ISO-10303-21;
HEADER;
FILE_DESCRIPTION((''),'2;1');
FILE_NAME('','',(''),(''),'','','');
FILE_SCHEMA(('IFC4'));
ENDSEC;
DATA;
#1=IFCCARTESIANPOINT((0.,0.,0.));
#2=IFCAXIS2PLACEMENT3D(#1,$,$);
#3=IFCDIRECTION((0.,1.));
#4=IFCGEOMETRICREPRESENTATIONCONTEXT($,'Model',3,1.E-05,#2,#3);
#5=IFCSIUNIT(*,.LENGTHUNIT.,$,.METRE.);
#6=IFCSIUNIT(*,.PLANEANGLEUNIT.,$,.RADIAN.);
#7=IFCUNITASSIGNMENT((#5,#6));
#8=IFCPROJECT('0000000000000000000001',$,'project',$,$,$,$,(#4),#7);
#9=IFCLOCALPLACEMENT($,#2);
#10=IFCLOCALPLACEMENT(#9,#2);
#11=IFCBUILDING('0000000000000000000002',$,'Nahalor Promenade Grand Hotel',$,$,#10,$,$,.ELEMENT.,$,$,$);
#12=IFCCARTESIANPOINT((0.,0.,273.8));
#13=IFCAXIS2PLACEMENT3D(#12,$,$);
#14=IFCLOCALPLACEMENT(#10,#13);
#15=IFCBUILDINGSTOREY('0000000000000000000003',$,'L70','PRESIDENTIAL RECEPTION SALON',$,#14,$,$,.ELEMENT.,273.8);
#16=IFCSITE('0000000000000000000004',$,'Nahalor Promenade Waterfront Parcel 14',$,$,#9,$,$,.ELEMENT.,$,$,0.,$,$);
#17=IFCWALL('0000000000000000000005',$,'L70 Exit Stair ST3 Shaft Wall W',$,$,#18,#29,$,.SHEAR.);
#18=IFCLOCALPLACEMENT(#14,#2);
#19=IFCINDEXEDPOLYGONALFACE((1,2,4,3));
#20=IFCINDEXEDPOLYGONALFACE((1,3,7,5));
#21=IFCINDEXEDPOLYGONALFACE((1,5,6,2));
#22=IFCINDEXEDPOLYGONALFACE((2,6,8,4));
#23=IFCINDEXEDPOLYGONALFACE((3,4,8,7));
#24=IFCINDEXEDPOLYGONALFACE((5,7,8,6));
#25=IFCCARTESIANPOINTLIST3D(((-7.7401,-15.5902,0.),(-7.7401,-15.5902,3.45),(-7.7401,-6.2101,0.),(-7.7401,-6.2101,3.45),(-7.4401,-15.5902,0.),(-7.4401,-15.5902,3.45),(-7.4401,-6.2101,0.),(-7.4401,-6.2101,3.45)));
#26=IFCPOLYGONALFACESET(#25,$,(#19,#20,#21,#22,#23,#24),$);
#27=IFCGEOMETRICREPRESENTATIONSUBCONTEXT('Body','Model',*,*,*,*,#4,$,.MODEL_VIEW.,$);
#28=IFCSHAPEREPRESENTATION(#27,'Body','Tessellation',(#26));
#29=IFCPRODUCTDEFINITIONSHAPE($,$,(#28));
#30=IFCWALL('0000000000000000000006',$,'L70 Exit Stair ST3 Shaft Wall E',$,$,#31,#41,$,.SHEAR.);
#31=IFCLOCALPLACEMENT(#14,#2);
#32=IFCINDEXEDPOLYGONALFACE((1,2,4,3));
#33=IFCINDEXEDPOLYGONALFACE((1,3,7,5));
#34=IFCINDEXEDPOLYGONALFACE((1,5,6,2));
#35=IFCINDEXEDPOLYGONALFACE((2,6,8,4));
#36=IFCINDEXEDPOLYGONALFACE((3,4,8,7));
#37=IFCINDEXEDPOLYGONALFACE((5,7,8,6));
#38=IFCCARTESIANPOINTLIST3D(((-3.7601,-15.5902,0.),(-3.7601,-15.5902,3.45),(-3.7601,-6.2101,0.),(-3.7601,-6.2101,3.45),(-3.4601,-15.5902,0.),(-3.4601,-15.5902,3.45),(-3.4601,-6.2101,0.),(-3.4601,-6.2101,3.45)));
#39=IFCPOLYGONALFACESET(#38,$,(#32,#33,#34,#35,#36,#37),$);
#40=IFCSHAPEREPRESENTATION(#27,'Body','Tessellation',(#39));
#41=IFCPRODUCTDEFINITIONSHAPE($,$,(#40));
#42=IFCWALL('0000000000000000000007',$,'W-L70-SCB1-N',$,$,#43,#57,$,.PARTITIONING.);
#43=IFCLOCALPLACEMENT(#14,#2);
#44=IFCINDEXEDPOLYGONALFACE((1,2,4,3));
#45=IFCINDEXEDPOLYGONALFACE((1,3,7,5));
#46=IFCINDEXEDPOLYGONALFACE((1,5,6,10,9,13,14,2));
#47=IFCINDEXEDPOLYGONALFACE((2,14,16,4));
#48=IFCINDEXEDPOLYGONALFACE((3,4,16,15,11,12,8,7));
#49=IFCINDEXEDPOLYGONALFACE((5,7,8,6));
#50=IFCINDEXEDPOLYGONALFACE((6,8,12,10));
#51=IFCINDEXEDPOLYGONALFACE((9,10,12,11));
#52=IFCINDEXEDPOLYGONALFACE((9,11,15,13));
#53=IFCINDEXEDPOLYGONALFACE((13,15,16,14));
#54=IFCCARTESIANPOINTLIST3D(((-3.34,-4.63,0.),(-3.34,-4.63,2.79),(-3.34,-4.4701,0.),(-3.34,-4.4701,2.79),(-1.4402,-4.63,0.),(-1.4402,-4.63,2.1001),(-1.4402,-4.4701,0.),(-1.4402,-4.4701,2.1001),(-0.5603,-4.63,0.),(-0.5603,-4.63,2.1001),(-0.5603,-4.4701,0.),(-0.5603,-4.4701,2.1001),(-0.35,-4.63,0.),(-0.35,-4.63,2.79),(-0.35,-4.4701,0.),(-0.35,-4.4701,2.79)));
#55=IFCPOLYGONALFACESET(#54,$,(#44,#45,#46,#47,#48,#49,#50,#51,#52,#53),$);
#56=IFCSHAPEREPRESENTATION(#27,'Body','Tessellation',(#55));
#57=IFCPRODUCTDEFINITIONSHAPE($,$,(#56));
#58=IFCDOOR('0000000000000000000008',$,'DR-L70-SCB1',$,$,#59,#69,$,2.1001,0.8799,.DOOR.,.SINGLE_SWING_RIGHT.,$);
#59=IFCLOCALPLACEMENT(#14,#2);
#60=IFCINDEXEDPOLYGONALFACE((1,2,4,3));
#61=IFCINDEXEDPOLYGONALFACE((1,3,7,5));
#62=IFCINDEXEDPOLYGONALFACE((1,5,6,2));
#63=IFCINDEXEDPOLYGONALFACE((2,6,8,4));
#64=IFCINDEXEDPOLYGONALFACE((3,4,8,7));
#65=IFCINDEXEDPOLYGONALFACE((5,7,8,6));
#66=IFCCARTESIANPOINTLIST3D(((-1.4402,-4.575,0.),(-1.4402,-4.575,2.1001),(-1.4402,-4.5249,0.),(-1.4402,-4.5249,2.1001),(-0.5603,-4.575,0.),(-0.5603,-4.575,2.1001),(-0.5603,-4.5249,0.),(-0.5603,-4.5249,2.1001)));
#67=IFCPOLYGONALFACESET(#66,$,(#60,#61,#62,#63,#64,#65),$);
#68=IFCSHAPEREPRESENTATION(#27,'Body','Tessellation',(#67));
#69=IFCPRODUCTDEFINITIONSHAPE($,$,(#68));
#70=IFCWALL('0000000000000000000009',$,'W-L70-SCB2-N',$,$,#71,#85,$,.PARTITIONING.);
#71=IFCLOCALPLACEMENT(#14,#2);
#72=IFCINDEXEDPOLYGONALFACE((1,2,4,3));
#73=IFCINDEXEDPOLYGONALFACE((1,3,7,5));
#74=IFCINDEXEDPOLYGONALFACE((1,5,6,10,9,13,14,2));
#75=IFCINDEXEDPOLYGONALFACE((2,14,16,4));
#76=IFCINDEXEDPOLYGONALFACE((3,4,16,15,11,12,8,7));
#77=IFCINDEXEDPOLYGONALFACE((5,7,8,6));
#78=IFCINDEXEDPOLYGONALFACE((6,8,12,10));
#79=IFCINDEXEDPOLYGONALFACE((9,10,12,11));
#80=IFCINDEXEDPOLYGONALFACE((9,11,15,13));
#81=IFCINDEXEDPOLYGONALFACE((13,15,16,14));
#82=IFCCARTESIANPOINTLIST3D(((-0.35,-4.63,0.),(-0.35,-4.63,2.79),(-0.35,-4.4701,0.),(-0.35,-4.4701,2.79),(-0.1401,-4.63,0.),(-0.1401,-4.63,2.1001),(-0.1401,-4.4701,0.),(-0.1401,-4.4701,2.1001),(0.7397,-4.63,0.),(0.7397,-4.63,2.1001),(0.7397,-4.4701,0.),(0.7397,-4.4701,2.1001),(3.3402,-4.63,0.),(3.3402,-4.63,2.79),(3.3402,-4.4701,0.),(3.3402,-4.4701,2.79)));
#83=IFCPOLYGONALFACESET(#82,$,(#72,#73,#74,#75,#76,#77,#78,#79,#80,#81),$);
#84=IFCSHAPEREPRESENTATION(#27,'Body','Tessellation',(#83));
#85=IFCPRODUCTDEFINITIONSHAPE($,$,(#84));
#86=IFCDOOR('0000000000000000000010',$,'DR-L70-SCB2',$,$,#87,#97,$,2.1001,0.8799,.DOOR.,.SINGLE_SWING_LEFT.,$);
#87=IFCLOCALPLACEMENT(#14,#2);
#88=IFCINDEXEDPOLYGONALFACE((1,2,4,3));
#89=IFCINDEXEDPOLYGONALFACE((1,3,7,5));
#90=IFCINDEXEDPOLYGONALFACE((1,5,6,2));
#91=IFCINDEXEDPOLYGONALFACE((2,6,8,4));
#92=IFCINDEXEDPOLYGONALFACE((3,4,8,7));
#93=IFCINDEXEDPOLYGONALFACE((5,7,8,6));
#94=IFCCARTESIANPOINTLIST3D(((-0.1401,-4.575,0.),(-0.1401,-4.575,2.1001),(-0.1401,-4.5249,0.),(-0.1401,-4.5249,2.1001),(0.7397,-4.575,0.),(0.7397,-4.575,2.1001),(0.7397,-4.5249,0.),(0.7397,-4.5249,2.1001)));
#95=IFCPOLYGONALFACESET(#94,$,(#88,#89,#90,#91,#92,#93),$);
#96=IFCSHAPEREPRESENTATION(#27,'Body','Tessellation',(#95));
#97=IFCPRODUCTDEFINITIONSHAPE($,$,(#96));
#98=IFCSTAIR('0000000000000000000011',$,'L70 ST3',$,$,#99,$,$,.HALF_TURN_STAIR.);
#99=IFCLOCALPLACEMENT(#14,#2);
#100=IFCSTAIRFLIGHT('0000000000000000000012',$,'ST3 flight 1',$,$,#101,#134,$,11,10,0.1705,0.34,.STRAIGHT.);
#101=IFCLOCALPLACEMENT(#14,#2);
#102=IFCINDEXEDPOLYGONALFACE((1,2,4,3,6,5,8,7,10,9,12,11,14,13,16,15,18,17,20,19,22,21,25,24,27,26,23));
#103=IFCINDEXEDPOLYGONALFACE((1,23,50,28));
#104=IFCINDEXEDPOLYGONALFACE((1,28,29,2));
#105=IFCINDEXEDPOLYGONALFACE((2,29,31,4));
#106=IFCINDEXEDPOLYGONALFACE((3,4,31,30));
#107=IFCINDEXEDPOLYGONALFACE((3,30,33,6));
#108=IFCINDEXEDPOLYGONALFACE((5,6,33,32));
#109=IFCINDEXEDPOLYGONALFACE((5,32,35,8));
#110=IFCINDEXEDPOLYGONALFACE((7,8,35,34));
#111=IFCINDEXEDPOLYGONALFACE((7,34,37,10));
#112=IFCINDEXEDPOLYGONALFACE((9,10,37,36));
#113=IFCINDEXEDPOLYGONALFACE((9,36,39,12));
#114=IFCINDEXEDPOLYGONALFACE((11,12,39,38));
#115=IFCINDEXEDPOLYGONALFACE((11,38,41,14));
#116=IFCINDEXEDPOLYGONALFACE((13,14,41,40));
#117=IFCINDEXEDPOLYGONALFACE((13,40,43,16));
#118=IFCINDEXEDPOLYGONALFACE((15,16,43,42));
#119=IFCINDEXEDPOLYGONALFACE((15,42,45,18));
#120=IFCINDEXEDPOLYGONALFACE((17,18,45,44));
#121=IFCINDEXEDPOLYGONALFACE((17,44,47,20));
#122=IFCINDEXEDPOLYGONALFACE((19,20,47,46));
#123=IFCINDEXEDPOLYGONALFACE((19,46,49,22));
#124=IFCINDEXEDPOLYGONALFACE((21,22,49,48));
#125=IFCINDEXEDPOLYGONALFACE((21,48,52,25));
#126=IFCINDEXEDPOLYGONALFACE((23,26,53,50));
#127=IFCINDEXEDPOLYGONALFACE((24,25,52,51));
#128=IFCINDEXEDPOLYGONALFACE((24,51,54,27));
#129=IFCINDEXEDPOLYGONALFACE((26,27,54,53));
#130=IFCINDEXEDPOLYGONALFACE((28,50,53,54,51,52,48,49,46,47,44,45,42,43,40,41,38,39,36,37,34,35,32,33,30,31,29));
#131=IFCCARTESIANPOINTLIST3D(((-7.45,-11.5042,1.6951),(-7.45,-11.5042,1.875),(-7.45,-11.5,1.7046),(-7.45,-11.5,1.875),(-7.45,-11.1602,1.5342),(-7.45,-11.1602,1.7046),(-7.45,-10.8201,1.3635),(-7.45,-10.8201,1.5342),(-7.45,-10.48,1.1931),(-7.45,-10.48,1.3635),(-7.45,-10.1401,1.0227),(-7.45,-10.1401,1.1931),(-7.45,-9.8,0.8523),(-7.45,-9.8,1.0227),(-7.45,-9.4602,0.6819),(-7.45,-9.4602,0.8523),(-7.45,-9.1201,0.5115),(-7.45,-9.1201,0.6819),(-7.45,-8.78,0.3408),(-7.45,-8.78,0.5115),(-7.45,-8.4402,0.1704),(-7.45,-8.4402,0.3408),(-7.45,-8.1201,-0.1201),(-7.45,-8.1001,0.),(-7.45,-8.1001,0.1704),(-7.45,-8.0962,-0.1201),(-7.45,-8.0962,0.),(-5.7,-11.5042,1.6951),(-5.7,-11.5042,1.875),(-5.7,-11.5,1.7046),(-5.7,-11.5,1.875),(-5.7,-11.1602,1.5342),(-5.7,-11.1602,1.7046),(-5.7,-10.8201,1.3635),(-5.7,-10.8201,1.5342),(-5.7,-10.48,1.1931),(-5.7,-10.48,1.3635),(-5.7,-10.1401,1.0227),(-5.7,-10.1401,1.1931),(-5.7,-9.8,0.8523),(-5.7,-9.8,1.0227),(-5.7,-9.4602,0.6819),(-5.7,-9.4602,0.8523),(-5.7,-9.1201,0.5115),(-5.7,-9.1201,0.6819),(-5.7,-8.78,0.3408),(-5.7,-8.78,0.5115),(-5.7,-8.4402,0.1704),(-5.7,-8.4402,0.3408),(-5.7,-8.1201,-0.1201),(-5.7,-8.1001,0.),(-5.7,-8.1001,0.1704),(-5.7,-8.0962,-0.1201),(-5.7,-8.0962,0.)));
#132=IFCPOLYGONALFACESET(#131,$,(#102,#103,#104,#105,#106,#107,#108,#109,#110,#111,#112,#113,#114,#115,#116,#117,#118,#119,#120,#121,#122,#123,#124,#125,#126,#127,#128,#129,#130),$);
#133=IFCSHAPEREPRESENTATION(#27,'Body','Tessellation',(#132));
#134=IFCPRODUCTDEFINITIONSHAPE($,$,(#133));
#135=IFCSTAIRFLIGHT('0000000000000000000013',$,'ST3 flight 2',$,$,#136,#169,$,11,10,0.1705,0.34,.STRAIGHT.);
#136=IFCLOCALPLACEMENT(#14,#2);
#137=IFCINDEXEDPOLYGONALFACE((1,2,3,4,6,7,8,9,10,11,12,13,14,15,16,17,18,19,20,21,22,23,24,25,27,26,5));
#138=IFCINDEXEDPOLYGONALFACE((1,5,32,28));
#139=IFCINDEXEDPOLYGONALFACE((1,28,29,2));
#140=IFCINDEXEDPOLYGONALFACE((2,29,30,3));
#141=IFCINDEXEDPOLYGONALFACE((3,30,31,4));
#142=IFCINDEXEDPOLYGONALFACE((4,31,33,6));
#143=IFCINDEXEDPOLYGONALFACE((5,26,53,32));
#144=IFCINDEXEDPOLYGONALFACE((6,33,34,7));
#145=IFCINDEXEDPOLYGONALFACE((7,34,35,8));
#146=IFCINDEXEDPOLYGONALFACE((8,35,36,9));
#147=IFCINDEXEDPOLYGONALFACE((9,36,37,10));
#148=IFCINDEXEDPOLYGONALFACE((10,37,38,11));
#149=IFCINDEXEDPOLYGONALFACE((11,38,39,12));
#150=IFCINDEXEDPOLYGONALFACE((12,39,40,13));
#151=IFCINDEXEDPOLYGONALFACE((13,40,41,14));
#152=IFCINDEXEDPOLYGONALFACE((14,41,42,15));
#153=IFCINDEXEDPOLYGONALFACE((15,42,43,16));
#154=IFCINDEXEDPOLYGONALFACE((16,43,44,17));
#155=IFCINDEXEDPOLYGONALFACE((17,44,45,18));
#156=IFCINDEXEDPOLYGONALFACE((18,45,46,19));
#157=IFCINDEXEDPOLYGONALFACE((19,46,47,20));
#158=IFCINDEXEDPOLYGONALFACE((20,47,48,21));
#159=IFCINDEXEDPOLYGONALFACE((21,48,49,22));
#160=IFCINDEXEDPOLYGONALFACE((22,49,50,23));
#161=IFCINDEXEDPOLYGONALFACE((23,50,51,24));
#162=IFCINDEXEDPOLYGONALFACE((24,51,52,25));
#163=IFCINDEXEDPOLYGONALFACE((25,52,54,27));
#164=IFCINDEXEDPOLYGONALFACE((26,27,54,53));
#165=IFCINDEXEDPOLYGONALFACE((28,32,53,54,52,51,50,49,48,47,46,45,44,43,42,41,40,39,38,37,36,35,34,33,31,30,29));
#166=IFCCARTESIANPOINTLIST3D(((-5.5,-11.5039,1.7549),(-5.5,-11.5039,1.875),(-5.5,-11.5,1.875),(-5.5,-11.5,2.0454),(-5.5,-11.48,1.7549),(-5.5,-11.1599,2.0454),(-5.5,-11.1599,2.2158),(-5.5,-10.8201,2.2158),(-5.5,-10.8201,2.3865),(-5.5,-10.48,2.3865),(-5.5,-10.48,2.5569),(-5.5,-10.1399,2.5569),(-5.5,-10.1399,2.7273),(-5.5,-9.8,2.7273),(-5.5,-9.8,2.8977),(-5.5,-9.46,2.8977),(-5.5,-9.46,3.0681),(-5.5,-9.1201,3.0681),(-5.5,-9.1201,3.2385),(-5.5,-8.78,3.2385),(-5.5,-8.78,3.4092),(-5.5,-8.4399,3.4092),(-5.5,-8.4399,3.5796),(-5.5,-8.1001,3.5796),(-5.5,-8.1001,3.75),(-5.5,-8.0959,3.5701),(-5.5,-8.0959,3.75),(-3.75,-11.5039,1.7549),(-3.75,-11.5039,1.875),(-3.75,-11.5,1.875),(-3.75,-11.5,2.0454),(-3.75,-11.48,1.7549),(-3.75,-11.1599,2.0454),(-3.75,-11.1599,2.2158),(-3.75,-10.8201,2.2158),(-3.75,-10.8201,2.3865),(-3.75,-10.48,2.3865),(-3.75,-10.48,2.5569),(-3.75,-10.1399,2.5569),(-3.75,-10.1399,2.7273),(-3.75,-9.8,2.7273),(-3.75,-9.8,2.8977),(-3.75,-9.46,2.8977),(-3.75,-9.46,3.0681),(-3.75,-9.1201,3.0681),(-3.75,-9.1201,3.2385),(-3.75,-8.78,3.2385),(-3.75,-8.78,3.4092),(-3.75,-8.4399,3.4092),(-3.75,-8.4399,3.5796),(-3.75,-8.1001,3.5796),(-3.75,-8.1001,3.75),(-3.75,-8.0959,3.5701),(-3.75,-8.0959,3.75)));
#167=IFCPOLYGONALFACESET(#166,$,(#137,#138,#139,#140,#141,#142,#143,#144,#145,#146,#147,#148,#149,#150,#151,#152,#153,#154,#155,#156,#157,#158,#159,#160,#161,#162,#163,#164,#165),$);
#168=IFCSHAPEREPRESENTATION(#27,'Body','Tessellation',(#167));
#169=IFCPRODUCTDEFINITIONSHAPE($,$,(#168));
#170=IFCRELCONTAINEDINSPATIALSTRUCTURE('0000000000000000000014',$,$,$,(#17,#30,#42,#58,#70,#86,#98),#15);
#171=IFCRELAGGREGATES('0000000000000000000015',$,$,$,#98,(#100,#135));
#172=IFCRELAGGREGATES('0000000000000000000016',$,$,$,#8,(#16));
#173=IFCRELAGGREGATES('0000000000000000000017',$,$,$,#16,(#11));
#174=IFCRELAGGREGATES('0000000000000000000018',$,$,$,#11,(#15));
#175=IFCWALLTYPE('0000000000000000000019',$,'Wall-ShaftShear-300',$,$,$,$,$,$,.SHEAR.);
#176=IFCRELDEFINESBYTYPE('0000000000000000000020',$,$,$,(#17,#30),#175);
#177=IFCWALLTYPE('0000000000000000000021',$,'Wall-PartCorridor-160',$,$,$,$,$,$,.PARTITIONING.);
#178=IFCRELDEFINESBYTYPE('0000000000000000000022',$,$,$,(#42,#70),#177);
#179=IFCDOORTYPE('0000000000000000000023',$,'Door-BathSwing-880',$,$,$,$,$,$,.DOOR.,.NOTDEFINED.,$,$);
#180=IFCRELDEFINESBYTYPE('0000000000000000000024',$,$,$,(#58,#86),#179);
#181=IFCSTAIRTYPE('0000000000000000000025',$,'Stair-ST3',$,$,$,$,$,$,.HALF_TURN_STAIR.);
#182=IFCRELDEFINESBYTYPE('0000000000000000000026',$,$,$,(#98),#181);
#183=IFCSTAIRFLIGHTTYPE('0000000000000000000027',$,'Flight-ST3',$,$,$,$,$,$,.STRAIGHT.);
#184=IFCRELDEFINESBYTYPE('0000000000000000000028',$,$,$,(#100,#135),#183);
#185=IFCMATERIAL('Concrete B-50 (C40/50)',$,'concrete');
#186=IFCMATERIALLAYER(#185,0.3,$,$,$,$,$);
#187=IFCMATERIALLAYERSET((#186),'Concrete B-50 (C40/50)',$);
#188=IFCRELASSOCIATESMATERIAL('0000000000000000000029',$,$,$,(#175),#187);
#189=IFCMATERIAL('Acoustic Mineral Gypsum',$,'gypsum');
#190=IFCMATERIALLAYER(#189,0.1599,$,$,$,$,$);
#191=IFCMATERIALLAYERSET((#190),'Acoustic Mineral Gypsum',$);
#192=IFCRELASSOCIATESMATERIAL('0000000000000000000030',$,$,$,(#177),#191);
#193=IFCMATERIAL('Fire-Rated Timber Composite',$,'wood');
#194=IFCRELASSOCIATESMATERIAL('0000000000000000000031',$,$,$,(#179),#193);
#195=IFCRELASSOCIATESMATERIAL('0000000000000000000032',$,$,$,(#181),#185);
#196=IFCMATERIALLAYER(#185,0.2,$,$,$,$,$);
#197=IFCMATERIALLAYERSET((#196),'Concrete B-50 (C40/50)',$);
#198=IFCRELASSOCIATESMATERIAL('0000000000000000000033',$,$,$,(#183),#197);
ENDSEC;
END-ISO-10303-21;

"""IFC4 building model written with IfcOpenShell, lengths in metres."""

from ifc_helpers import new_model, si_unit, direction, frame, frame_2d, origin, place, context, subcontext, project, spatial, polyline, rectangle, outline, extrude, source, transform, mapped, material, layer, layer_set, type_object, element, fill, aggregate, save


model = new_model("IFC4")

# Units and contexts
model_context = context("Model", 3, precision=1e-05, world=origin(), true_north=direction((0.0, 1.0)))
body_context = subcontext(model_context, "Body", "Model", "MODEL_VIEW")
ifc_project = project(units=[si_unit("LENGTHUNIT", "METRE"), si_unit("PLANEANGLEUNIT", "RADIAN")], contexts=[model_context])

# Site, building, storey
site_placement = place(None, origin())
site = spatial("IfcSite", under=ifc_project, at=site_placement, Name="Nahalor Promenade Waterfront Parcel 14", CompositionType="ELEMENT", RefElevation=0.0)
building_placement = place(site_placement, origin())
building = spatial("IfcBuilding", under=site, at=building_placement, Name="Nahalor Promenade Grand Hotel", CompositionType="ELEMENT")
storey_placement = place(building_placement, frame((0.0, 0.0, 273.8)))
storey = spatial("IfcBuildingStorey", under=building, at=storey_placement, Name="L70", Description="PRESIDENTIAL RECEPTION SALON", CompositionType="ELEMENT", Elevation=273.8)

# Shared definitions
ifc_material_1 = material(Name="Concrete B-50 (C40/50)", Category="concrete")

# Shared definitions
ifc_layer_1 = layer(ifc_material_1, 0.3)
ifc_layer_set_1 = layer_set([ifc_layer_1], Name="Concrete B-50 (C40/50)")
wall_type_1 = type_object("IfcWallType", Name="Wall-ShaftShear-300", PredefinedType="SHEAR", material=ifc_layer_set_1)

# Walls
shared_shape_1 = source(origin(), body_context, "Body", "SweptSolid", [
    extrude(rectangle(XDim=9.3801, YDim=0.3, at=frame_2d((4.6899, 0.0))), origin(), (0.0, 0.0, 1.0), 3.45),
])
for number, where, z_axis, x_axis, name in (
    (1, (-7.5901, -15.5901, 0.0), (0.0, 0.0, 1.0), (0.0, 1.0, 0.0), "L70 Exit Stair ST3 Shaft Wall W"),
    (2, (-3.6101, -15.5901, 0.0), (0.0, 0.0, 1.0), (0.0, 1.0, 0.0), "L70 Exit Stair ST3 Shaft Wall E"),
):
    element("IfcWall", number, at=place(storey_placement, frame(where, z_axis=z_axis, x_axis=x_axis)), inside=storey, type_object=wall_type_1, Name=name, PredefinedType="SHEAR", context=body_context, shape_type="MappedRepresentation", body=[
        mapped(shared_shape_1, transform((0.0, 0.0, 0.0), scale=1.0)),
    ])

# Walls, openings, doors
ifc_material_2 = material(Name="Acoustic Mineral Gypsum", Category="gypsum")
ifc_layer_2 = layer(ifc_material_2, 0.1599)
ifc_layer_set_2 = layer_set([ifc_layer_2], Name="Acoustic Mineral Gypsum")
wall_type_2 = type_object("IfcWallType", Name="Wall-PartCorridor-160", PredefinedType="PARTITIONING", material=ifc_layer_set_2)
shared_shape_2 = source(origin(), body_context, "Body", "SweptSolid", [
    extrude(rectangle(XDim=2.99, YDim=0.1599, at=frame_2d((1.4951, 0.0))), origin(), (0.0, 0.0, 1.0), 2.79),
])
wall_1_placement = place(storey_placement, frame((-3.3401, -4.55, 0.0), z_axis=(0.0, 0.0, 1.0), x_axis=(1.0, 0.0, 0.0)))
wall_1 = element("IfcWall", 3, at=wall_1_placement, inside=storey, type_object=wall_type_2, Name="W-L70-SCB1-N", PredefinedType="PARTITIONING", context=body_context, shape_type="MappedRepresentation", body=[
    mapped(shared_shape_2, transform((0.0, 0.0, 0.0), scale=1.0)),
])
opening_1_placement = place(wall_1_placement, frame((1.8999, 0.0, 0.0)))
opening_1 = element("IfcOpeningElement", 4, at=opening_1_placement, cuts=wall_1, PredefinedType="OPENING", context=body_context, shape_type="SweptSolid", body=[
    extrude(rectangle(XDim=0.8799, YDim=2.1001, at=frame_2d((0.4399, 1.05))), frame((0.0, 0.0898, 0.0), z_axis=(0.0, -1.0, 0.0), x_axis=(1.0, 0.0, 0.0)), (0.0, 0.0, 1.0), 0.1799),
])
ifc_material_3 = material(Name="Fire-Rated Timber Composite", Category="wood")
door_type_1 = type_object("IfcDoorType", Name="Door-BathSwing-880", OperationType="NOTDEFINED", PredefinedType="DOOR", material=ifc_material_3)
shared_shape_3 = source(origin(), body_context, "Body", "SweptSolid", [
    extrude(rectangle(XDim=0.8799, YDim=2.1001, at=frame_2d((0.4399, 1.05))), frame((0.0, 0.0249, 0.0), z_axis=(0.0, -1.0, 0.0), x_axis=(1.0, 0.0, 0.0)), (0.0, 0.0, 1.0), 0.05),
])
door_1_placement = place(opening_1_placement, frame((0.8799, 0.0, 0.0), z_axis=(0.0, 0.0, 1.0), x_axis=(-1.0, 0.0, 0.0)))
door_1 = element("IfcDoor", 5, at=door_1_placement, inside=storey, type_object=door_type_1, Name="DR-L70-SCB1", OperationType="SINGLE_SWING_RIGHT", OverallHeight=2.1001, OverallWidth=0.8799, PredefinedType="DOOR", context=body_context, shape_type="MappedRepresentation", body=[
    mapped(shared_shape_3, transform((0.0, 0.0, 0.0), scale=1.0)),
])
fill(opening_1, door_1)
shared_shape_4 = source(origin(), body_context, "Body", "SweptSolid", [
    extrude(rectangle(XDim=3.6902, YDim=0.1599, at=frame_2d((1.8452, 0.0))), origin(), (0.0, 0.0, 1.0), 2.79),
])
wall_2_placement = place(storey_placement, frame((-0.3501, -4.55, 0.0), z_axis=(0.0, 0.0, 1.0), x_axis=(1.0, 0.0, 0.0)))
wall_2 = element("IfcWall", 6, at=wall_2_placement, inside=storey, type_object=wall_type_2, Name="W-L70-SCB2-N", PredefinedType="PARTITIONING", context=body_context, shape_type="MappedRepresentation", body=[
    mapped(shared_shape_4, transform((0.0, 0.0, 0.0), scale=1.0)),
])
opening_2_placement = place(wall_2_placement, frame((0.21, 0.0, 0.0)))
opening_2 = element("IfcOpeningElement", 7, at=opening_2_placement, cuts=wall_2, PredefinedType="OPENING", context=body_context, shape_type="SweptSolid", body=[
    extrude(rectangle(XDim=0.8799, YDim=2.1001, at=frame_2d((0.4399, 1.05))), frame((0.0, 0.0898, 0.0), z_axis=(0.0, -1.0, 0.0), x_axis=(1.0, 0.0, 0.0)), (0.0, 0.0, 1.0), 0.1799),
])
door_2_placement = place(opening_2_placement, frame((0.8799, 0.0, 0.0), z_axis=(0.0, 0.0, 1.0), x_axis=(-1.0, 0.0, 0.0)))
door_2 = element("IfcDoor", 8, at=door_2_placement, inside=storey, type_object=door_type_1, Name="DR-L70-SCB2", OperationType="SINGLE_SWING_LEFT", OverallHeight=2.1001, OverallWidth=0.8799, PredefinedType="DOOR", context=body_context, shape_type="MappedRepresentation", body=[
    mapped(shared_shape_3, transform((0.0, 0.0, 0.0), scale=1.0)),
])
fill(opening_2, door_2)

# Stair, stair flights
stair_type = type_object("IfcStairType", Name="Stair-ST3", PredefinedType="HALF_TURN_STAIR", material=ifc_material_1)
stair_placement = place(storey_placement, origin())
stair = element("IfcStair", 9, at=stair_placement, inside=storey, type_object=stair_type, Name="L70 ST3", PredefinedType="HALF_TURN_STAIR")
ifc_layer_3 = layer(ifc_material_1, 0.2)
ifc_layer_set_3 = layer_set([ifc_layer_3], Name="Concrete B-50 (C40/50)")
stair_flight_type = type_object("IfcStairFlightType", Name="Flight-ST3", PredefinedType="STRAIGHT", material=ifc_layer_set_3)
shared_shape_5 = source(origin(), body_context, "Body", "SweptSolid", [
    extrude(outline(polyline([(-0.0039, -0.1201), (-0.0039, 0.0), (0.0, 0.0), (0.0, 0.1704), (0.3401, 0.1704), (0.3401, 0.3408), (0.6799, 0.3408), (0.6799, 0.5115), (1.02, 0.5115), (1.02, 0.6819), (1.3601, 0.6819), (1.3601, 0.8523), (1.7, 0.8523), (1.7, 1.0227), (2.04, 1.0227), (2.04, 1.1931), (2.3799, 1.1931), (2.3799, 1.3635), (2.72, 1.3635), (2.72, 1.5342), (3.0601, 1.5342), (3.0601, 1.7046), (3.3999, 1.7046), (3.3999, 1.875), (3.4041, 1.875), (3.4041, 1.6951), (0.02, -0.1201), (-0.0039, -0.1201)])), frame((0.0, 0.875, 0.0), z_axis=(0.0, -1.0, 0.0), x_axis=(1.0, 0.0, 0.0)), (0.0, 0.0, 1.0), 1.75),
])
stair_flight_1_placement = place(storey_placement, frame((-6.575, -8.1001, 0.0), z_axis=(0.0, 0.0, 1.0), x_axis=(0.0, -1.0, 0.0)))
stair_flight_1 = element("IfcStairFlight", 10, at=stair_flight_1_placement, type_object=stair_flight_type, Name="ST3 flight 1", NumberOfRisers=11, NumberOfTreads=10, PredefinedType="STRAIGHT", RiserHeight=0.1705, TreadLength=0.34, context=body_context, shape_type="MappedRepresentation", body=[
    mapped(shared_shape_5, transform((0.0, 0.0, 0.0), scale=1.0)),
])
stair_flight_2_placement = place(storey_placement, frame((-4.625, -11.5, 1.875), z_axis=(0.0, 0.0, 1.0), x_axis=(0.0, 1.0, 0.0)))
stair_flight_2 = element("IfcStairFlight", 11, at=stair_flight_2_placement, type_object=stair_flight_type, Name="ST3 flight 2", NumberOfRisers=11, NumberOfTreads=10, PredefinedType="STRAIGHT", RiserHeight=0.1705, TreadLength=0.34, context=body_context, shape_type="MappedRepresentation", body=[
    mapped(shared_shape_5, transform((0.0, 0.0, 0.0), scale=1.0)),
])
aggregate(stair, [stair_flight_1, stair_flight_2])

save(model, "model.ifc")
